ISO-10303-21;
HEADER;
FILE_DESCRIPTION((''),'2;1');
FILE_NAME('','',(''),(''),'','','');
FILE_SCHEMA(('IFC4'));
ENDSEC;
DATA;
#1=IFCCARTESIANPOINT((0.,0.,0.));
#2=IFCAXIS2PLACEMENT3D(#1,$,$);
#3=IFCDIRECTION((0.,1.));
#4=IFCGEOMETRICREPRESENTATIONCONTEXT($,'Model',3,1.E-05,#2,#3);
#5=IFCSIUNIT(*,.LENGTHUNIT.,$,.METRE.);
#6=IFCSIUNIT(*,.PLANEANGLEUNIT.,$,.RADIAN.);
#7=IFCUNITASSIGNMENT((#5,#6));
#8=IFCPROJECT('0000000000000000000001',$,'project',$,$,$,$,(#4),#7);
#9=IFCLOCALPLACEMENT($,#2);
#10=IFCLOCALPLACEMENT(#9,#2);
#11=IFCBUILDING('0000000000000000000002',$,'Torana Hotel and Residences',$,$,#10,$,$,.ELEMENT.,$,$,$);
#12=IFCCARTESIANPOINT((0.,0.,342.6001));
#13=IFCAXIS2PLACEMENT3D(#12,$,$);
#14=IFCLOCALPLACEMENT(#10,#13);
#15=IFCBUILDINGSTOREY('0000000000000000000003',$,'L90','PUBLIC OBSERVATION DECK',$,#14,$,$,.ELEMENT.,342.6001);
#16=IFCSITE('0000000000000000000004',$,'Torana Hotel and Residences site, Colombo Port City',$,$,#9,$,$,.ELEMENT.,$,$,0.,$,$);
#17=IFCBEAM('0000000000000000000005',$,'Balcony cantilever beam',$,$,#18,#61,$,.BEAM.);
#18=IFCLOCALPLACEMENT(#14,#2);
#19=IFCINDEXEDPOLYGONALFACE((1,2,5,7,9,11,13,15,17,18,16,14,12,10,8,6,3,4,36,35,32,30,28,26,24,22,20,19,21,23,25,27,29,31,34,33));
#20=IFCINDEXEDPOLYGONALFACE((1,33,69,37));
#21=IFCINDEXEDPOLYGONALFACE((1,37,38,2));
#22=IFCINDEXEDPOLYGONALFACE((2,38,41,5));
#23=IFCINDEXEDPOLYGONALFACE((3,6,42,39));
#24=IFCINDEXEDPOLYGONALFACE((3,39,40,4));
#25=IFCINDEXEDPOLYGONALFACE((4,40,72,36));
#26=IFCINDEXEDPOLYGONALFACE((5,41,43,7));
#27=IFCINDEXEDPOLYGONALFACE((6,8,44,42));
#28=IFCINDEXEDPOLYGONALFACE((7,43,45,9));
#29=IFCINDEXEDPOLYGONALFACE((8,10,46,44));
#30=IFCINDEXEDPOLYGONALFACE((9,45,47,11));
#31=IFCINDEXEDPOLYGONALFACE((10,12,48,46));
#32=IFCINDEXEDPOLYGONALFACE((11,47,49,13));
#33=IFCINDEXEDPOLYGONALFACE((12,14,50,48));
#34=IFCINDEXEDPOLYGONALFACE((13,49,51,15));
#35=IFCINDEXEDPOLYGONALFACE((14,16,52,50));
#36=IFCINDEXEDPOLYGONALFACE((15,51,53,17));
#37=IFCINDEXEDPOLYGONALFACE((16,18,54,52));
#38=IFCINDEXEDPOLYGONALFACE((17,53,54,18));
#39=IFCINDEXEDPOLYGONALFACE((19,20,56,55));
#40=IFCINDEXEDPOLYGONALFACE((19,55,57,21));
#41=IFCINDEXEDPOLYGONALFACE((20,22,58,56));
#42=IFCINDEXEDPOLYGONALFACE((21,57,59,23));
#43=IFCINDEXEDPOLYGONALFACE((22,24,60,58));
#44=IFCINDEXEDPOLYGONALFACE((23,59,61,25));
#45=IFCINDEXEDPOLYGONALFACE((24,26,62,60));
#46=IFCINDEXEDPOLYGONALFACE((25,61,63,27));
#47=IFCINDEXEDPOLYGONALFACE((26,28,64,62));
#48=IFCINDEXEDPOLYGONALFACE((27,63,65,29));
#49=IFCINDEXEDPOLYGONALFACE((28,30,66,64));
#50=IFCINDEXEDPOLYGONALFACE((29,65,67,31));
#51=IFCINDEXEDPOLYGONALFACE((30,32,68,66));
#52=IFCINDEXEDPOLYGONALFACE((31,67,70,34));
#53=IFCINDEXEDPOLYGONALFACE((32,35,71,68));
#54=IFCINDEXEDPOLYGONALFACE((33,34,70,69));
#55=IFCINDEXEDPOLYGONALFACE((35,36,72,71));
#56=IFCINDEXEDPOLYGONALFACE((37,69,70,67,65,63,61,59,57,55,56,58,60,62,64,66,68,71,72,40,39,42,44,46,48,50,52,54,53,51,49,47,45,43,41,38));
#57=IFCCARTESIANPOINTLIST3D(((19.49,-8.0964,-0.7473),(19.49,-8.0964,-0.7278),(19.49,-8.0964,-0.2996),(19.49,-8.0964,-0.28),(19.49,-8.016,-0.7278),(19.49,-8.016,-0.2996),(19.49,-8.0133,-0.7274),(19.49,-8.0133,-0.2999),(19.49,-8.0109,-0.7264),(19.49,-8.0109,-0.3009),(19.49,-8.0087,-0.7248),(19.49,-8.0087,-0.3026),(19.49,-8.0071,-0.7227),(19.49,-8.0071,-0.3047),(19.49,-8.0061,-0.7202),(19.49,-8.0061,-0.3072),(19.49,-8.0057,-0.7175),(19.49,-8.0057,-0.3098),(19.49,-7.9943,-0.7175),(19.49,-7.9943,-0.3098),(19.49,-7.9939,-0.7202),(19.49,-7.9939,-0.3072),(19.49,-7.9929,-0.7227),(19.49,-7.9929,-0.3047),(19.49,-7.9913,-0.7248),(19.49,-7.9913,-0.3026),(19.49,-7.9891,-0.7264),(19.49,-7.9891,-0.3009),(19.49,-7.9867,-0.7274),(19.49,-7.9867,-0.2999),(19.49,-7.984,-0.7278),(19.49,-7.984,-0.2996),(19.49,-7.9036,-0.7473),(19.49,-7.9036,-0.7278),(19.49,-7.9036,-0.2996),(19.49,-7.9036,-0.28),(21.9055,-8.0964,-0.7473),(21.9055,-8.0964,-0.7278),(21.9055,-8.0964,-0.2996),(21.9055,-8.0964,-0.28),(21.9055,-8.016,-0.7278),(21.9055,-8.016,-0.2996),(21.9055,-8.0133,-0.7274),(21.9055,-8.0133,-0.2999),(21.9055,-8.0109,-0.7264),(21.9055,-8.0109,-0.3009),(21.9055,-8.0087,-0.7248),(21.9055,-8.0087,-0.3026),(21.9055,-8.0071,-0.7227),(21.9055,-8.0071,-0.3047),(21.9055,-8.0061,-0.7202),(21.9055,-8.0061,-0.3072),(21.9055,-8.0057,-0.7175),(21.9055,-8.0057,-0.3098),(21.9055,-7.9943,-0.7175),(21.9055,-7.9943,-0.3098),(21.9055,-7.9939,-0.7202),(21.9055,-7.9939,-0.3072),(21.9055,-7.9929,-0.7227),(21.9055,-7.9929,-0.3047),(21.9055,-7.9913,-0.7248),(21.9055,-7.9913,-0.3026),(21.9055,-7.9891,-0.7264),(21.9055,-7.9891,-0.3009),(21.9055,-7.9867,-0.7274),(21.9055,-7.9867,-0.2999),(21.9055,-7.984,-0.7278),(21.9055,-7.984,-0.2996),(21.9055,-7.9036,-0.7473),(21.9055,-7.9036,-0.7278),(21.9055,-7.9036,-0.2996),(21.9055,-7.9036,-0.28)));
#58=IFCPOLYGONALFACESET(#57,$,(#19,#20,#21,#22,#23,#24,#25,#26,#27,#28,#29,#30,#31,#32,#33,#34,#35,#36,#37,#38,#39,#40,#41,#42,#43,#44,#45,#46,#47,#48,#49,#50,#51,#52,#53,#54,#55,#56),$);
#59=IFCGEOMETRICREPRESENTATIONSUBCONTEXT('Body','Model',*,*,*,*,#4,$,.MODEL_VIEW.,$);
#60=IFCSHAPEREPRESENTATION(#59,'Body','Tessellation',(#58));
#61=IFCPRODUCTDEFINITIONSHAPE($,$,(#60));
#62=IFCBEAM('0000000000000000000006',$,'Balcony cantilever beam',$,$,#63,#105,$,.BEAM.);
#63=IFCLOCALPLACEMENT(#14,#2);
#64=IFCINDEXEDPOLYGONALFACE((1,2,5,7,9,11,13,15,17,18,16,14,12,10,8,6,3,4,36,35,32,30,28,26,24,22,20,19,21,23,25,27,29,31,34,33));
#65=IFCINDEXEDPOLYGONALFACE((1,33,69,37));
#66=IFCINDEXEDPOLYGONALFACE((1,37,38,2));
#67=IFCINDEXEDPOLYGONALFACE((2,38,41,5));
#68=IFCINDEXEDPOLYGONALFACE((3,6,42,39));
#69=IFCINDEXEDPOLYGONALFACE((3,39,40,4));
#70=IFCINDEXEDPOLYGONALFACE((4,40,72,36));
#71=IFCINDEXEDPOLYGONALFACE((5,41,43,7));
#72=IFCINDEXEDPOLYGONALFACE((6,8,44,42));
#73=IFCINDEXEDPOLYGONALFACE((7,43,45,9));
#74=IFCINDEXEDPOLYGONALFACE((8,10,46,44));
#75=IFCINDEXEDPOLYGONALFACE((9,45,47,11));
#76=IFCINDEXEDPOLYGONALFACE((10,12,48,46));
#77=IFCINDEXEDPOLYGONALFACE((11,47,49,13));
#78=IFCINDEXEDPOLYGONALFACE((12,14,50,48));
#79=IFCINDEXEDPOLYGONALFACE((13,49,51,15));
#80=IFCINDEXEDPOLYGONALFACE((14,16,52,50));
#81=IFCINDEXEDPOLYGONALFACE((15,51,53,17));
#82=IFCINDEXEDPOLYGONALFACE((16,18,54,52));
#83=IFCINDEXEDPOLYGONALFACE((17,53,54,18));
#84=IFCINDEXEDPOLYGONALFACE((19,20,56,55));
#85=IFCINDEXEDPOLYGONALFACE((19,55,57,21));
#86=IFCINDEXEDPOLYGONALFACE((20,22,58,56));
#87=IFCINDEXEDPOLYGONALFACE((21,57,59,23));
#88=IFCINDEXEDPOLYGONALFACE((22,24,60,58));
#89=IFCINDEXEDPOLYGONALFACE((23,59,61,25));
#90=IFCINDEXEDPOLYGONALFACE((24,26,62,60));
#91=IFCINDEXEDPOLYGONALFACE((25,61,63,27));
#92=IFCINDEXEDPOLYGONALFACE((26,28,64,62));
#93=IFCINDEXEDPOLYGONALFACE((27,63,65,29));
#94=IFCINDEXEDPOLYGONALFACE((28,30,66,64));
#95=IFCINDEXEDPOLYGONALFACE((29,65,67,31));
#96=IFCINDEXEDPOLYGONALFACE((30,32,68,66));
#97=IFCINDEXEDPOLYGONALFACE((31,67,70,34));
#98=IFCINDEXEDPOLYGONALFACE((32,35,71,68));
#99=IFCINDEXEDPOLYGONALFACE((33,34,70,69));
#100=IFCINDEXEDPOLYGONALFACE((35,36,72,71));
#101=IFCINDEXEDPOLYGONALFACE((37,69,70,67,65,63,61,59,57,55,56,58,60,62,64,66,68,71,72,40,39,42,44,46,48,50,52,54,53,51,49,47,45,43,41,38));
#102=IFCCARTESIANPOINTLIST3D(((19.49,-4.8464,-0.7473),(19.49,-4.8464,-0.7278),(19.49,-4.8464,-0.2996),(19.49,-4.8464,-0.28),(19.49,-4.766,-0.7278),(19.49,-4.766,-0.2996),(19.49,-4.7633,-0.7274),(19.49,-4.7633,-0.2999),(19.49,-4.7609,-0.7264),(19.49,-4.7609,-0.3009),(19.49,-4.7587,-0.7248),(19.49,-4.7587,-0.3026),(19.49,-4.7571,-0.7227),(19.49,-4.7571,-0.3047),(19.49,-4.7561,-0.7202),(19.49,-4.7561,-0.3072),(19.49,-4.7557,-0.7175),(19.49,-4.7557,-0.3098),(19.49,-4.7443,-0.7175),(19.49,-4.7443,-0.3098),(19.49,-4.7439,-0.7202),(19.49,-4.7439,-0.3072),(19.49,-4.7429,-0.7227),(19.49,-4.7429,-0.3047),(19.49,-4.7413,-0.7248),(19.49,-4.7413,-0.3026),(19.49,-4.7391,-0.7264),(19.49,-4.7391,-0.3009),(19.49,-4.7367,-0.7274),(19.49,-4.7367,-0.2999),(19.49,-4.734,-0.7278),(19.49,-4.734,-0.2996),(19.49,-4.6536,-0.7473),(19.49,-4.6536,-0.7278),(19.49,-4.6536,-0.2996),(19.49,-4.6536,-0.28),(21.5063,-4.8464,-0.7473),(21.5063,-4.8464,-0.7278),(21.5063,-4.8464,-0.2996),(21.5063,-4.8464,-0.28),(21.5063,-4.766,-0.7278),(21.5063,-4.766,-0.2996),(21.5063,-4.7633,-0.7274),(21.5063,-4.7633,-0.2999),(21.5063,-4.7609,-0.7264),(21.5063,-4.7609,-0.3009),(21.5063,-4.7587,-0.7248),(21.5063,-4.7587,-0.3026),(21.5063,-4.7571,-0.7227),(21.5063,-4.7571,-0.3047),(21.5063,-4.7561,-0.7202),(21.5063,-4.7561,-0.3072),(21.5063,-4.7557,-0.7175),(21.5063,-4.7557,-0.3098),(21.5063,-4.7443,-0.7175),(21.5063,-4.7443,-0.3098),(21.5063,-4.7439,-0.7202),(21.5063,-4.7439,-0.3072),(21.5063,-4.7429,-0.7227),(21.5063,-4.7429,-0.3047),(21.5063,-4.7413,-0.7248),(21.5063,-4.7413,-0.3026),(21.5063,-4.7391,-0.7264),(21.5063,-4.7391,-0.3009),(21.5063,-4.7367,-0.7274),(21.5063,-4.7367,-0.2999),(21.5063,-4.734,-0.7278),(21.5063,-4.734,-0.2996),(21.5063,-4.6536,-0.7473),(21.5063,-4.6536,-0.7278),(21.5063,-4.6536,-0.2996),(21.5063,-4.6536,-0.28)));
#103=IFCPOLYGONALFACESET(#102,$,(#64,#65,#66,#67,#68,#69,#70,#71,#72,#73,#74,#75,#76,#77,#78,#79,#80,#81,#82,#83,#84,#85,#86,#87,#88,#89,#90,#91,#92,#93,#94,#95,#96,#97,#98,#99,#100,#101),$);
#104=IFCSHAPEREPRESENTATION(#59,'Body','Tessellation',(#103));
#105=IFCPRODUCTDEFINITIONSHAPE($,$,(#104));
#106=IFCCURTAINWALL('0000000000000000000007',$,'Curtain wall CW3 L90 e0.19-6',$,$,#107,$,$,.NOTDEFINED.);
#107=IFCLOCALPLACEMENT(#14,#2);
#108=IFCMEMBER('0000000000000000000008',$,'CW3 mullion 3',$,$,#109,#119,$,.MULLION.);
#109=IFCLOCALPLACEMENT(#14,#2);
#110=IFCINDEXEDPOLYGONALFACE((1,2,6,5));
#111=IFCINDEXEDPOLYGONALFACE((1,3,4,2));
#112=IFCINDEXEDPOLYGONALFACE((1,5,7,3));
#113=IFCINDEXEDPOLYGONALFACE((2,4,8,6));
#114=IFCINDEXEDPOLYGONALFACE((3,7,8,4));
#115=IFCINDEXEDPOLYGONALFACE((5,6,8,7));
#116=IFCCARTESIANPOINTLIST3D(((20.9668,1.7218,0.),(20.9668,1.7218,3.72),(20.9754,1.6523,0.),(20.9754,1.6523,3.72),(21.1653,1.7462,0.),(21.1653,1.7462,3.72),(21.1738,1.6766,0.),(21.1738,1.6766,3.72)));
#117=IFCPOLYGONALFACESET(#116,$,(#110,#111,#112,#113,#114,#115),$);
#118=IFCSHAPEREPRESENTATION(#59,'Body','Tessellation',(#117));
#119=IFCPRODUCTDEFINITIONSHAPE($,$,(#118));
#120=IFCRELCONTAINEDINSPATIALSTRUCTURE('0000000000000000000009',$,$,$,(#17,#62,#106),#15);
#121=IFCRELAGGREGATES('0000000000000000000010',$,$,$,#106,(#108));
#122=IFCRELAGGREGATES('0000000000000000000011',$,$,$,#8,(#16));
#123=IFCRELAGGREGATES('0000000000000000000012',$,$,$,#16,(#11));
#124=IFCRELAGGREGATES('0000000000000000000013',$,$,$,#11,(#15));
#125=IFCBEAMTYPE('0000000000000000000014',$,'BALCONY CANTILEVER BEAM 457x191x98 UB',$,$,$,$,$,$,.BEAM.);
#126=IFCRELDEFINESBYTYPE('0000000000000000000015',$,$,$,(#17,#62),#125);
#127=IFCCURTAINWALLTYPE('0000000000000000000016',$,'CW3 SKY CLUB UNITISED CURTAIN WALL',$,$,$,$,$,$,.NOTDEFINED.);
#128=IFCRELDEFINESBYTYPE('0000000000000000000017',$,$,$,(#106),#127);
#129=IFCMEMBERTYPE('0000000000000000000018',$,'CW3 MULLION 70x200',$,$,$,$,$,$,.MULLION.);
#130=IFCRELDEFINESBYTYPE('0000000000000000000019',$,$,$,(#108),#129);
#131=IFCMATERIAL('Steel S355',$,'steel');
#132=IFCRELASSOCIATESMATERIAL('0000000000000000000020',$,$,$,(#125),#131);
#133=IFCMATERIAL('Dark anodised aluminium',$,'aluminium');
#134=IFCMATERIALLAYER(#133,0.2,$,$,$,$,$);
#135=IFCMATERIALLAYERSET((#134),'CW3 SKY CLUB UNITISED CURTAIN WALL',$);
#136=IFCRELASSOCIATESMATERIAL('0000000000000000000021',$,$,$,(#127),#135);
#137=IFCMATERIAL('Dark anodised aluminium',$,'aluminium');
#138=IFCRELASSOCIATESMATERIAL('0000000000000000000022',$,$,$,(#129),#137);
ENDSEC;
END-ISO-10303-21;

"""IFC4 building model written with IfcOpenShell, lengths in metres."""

from ifc_helpers import new_model, si_unit, direction, frame, origin, origin_2d, place, context, subcontext, project, spatial, rectangle, i_section, extrude, material, layer, layer_set, material_profile, profile_set, type_object, element, aggregate, save


model = new_model("IFC4")

# Units and contexts
model_context = context("Model", 3, precision=1e-05, world=origin(), true_north=direction((0.0, 1.0)))
body_context = subcontext(model_context, "Body", "Model", "MODEL_VIEW")
ifc_project = project(units=[si_unit("LENGTHUNIT", "METRE"), si_unit("PLANEANGLEUNIT", "RADIAN")], contexts=[model_context])

# Site, building, storey
site_placement = place(None, origin())
site = spatial("IfcSite", under=ifc_project, at=site_placement, Name="Torana Hotel and Residences site, Colombo Port City", CompositionType="ELEMENT", RefElevation=0.0)
building_placement = place(site_placement, origin())
building = spatial("IfcBuilding", under=site, at=building_placement, Name="Torana Hotel and Residences", CompositionType="ELEMENT")
storey_placement = place(building_placement, frame((0.0, 0.0, 342.6001)))
storey = spatial("IfcBuildingStorey", under=building, at=storey_placement, Name="L90", Description="PUBLIC OBSERVATION DECK", CompositionType="ELEMENT", Elevation=342.6001)

# Beams
ifc_material_1 = material(Name="Steel S355", Category="steel")
ifc_material_profile_1 = material_profile(ifc_material_1, i_section(OverallWidth=0.1929, OverallDepth=0.4673, WebThickness=0.0115, FlangeThickness=0.0195, FilletRadius=0.0103, at=origin_2d()), Name="457x191x98 UB")
ifc_profile_set_1 = profile_set([ifc_material_profile_1], Name="Steel S355")
beam_type = type_object("IfcBeamType", Name="BALCONY CANTILEVER BEAM 457x191x98 UB", PredefinedType="BEAM", material=ifc_profile_set_1)
beam_1_placement = place(storey_placement, frame((19.49, -8.0, -0.5137), z_axis=(1.0, 0.0, 0.0), x_axis=(0.0, 1.0, 0.0)))
element("IfcBeam", 1, at=beam_1_placement, inside=storey, type_object=beam_type, Name="Balcony cantilever beam", PredefinedType="BEAM", context=body_context, shape_type="SweptSolid", body=[
    extrude(i_section(OverallWidth=0.1929, OverallDepth=0.4673, WebThickness=0.0115, FlangeThickness=0.0195, FilletRadius=0.0103, at=origin_2d()), origin(), (0.0, 0.0, 1.0), 2.4155),
])
beam_2_placement = place(storey_placement, frame((19.49, -4.75, -0.5137), z_axis=(1.0, 0.0, 0.0), x_axis=(0.0, 1.0, 0.0)))
element("IfcBeam", 2, at=beam_2_placement, inside=storey, type_object=beam_type, Name="Balcony cantilever beam", PredefinedType="BEAM", context=body_context, shape_type="SweptSolid", body=[
    extrude(i_section(OverallWidth=0.1929, OverallDepth=0.4673, WebThickness=0.0115, FlangeThickness=0.0195, FilletRadius=0.0103, at=origin_2d()), origin(), (0.0, 0.0, 1.0), 2.0164),
])

# Curtain wall, member
ifc_material_2 = material(Name="Dark anodised aluminium", Category="aluminium")
ifc_layer_1 = layer(ifc_material_2, 0.2)
ifc_layer_set_1 = layer_set([ifc_layer_1], Name="CW3 SKY CLUB UNITISED CURTAIN WALL")
curtain_wall_type = type_object("IfcCurtainWallType", Name="CW3 SKY CLUB UNITISED CURTAIN WALL", PredefinedType="NOTDEFINED", material=ifc_layer_set_1)
curtain_wall_placement = place(storey_placement, origin())
curtain_wall = element("IfcCurtainWall", 3, at=curtain_wall_placement, inside=storey, type_object=curtain_wall_type, Name="Curtain wall CW3 L90 e0.19-6", PredefinedType="NOTDEFINED")
ifc_material_3 = material(Name="Dark anodised aluminium", Category="aluminium")
ifc_material_profile_2 = material_profile(ifc_material_3, rectangle(XDim=0.2, YDim=0.0701, at=origin_2d()), Name="CW3 MULLION 70x200")
ifc_profile_set_2 = profile_set([ifc_material_profile_2], Name="Dark anodised aluminium")
member_type = type_object("IfcMemberType", Name="CW3 MULLION 70x200", PredefinedType="MULLION", material=ifc_profile_set_2)
member_placement = place(storey_placement, frame((21.0703, 1.6992, 0.0), z_axis=(0.0, 0.0, 1.0), x_axis=(-0.992546, -0.121871, 0.0)))
member = element("IfcMember", 4, at=member_placement, type_object=member_type, Name="CW3 mullion 3", PredefinedType="MULLION", context=body_context, shape_type="SweptSolid", body=[
    extrude(rectangle(XDim=0.2, YDim=0.0701, at=origin_2d()), origin(), (0.0, 0.0, 1.0), 3.72),
])
aggregate(curtain_wall, [member])

save(model, "model.ifc")
